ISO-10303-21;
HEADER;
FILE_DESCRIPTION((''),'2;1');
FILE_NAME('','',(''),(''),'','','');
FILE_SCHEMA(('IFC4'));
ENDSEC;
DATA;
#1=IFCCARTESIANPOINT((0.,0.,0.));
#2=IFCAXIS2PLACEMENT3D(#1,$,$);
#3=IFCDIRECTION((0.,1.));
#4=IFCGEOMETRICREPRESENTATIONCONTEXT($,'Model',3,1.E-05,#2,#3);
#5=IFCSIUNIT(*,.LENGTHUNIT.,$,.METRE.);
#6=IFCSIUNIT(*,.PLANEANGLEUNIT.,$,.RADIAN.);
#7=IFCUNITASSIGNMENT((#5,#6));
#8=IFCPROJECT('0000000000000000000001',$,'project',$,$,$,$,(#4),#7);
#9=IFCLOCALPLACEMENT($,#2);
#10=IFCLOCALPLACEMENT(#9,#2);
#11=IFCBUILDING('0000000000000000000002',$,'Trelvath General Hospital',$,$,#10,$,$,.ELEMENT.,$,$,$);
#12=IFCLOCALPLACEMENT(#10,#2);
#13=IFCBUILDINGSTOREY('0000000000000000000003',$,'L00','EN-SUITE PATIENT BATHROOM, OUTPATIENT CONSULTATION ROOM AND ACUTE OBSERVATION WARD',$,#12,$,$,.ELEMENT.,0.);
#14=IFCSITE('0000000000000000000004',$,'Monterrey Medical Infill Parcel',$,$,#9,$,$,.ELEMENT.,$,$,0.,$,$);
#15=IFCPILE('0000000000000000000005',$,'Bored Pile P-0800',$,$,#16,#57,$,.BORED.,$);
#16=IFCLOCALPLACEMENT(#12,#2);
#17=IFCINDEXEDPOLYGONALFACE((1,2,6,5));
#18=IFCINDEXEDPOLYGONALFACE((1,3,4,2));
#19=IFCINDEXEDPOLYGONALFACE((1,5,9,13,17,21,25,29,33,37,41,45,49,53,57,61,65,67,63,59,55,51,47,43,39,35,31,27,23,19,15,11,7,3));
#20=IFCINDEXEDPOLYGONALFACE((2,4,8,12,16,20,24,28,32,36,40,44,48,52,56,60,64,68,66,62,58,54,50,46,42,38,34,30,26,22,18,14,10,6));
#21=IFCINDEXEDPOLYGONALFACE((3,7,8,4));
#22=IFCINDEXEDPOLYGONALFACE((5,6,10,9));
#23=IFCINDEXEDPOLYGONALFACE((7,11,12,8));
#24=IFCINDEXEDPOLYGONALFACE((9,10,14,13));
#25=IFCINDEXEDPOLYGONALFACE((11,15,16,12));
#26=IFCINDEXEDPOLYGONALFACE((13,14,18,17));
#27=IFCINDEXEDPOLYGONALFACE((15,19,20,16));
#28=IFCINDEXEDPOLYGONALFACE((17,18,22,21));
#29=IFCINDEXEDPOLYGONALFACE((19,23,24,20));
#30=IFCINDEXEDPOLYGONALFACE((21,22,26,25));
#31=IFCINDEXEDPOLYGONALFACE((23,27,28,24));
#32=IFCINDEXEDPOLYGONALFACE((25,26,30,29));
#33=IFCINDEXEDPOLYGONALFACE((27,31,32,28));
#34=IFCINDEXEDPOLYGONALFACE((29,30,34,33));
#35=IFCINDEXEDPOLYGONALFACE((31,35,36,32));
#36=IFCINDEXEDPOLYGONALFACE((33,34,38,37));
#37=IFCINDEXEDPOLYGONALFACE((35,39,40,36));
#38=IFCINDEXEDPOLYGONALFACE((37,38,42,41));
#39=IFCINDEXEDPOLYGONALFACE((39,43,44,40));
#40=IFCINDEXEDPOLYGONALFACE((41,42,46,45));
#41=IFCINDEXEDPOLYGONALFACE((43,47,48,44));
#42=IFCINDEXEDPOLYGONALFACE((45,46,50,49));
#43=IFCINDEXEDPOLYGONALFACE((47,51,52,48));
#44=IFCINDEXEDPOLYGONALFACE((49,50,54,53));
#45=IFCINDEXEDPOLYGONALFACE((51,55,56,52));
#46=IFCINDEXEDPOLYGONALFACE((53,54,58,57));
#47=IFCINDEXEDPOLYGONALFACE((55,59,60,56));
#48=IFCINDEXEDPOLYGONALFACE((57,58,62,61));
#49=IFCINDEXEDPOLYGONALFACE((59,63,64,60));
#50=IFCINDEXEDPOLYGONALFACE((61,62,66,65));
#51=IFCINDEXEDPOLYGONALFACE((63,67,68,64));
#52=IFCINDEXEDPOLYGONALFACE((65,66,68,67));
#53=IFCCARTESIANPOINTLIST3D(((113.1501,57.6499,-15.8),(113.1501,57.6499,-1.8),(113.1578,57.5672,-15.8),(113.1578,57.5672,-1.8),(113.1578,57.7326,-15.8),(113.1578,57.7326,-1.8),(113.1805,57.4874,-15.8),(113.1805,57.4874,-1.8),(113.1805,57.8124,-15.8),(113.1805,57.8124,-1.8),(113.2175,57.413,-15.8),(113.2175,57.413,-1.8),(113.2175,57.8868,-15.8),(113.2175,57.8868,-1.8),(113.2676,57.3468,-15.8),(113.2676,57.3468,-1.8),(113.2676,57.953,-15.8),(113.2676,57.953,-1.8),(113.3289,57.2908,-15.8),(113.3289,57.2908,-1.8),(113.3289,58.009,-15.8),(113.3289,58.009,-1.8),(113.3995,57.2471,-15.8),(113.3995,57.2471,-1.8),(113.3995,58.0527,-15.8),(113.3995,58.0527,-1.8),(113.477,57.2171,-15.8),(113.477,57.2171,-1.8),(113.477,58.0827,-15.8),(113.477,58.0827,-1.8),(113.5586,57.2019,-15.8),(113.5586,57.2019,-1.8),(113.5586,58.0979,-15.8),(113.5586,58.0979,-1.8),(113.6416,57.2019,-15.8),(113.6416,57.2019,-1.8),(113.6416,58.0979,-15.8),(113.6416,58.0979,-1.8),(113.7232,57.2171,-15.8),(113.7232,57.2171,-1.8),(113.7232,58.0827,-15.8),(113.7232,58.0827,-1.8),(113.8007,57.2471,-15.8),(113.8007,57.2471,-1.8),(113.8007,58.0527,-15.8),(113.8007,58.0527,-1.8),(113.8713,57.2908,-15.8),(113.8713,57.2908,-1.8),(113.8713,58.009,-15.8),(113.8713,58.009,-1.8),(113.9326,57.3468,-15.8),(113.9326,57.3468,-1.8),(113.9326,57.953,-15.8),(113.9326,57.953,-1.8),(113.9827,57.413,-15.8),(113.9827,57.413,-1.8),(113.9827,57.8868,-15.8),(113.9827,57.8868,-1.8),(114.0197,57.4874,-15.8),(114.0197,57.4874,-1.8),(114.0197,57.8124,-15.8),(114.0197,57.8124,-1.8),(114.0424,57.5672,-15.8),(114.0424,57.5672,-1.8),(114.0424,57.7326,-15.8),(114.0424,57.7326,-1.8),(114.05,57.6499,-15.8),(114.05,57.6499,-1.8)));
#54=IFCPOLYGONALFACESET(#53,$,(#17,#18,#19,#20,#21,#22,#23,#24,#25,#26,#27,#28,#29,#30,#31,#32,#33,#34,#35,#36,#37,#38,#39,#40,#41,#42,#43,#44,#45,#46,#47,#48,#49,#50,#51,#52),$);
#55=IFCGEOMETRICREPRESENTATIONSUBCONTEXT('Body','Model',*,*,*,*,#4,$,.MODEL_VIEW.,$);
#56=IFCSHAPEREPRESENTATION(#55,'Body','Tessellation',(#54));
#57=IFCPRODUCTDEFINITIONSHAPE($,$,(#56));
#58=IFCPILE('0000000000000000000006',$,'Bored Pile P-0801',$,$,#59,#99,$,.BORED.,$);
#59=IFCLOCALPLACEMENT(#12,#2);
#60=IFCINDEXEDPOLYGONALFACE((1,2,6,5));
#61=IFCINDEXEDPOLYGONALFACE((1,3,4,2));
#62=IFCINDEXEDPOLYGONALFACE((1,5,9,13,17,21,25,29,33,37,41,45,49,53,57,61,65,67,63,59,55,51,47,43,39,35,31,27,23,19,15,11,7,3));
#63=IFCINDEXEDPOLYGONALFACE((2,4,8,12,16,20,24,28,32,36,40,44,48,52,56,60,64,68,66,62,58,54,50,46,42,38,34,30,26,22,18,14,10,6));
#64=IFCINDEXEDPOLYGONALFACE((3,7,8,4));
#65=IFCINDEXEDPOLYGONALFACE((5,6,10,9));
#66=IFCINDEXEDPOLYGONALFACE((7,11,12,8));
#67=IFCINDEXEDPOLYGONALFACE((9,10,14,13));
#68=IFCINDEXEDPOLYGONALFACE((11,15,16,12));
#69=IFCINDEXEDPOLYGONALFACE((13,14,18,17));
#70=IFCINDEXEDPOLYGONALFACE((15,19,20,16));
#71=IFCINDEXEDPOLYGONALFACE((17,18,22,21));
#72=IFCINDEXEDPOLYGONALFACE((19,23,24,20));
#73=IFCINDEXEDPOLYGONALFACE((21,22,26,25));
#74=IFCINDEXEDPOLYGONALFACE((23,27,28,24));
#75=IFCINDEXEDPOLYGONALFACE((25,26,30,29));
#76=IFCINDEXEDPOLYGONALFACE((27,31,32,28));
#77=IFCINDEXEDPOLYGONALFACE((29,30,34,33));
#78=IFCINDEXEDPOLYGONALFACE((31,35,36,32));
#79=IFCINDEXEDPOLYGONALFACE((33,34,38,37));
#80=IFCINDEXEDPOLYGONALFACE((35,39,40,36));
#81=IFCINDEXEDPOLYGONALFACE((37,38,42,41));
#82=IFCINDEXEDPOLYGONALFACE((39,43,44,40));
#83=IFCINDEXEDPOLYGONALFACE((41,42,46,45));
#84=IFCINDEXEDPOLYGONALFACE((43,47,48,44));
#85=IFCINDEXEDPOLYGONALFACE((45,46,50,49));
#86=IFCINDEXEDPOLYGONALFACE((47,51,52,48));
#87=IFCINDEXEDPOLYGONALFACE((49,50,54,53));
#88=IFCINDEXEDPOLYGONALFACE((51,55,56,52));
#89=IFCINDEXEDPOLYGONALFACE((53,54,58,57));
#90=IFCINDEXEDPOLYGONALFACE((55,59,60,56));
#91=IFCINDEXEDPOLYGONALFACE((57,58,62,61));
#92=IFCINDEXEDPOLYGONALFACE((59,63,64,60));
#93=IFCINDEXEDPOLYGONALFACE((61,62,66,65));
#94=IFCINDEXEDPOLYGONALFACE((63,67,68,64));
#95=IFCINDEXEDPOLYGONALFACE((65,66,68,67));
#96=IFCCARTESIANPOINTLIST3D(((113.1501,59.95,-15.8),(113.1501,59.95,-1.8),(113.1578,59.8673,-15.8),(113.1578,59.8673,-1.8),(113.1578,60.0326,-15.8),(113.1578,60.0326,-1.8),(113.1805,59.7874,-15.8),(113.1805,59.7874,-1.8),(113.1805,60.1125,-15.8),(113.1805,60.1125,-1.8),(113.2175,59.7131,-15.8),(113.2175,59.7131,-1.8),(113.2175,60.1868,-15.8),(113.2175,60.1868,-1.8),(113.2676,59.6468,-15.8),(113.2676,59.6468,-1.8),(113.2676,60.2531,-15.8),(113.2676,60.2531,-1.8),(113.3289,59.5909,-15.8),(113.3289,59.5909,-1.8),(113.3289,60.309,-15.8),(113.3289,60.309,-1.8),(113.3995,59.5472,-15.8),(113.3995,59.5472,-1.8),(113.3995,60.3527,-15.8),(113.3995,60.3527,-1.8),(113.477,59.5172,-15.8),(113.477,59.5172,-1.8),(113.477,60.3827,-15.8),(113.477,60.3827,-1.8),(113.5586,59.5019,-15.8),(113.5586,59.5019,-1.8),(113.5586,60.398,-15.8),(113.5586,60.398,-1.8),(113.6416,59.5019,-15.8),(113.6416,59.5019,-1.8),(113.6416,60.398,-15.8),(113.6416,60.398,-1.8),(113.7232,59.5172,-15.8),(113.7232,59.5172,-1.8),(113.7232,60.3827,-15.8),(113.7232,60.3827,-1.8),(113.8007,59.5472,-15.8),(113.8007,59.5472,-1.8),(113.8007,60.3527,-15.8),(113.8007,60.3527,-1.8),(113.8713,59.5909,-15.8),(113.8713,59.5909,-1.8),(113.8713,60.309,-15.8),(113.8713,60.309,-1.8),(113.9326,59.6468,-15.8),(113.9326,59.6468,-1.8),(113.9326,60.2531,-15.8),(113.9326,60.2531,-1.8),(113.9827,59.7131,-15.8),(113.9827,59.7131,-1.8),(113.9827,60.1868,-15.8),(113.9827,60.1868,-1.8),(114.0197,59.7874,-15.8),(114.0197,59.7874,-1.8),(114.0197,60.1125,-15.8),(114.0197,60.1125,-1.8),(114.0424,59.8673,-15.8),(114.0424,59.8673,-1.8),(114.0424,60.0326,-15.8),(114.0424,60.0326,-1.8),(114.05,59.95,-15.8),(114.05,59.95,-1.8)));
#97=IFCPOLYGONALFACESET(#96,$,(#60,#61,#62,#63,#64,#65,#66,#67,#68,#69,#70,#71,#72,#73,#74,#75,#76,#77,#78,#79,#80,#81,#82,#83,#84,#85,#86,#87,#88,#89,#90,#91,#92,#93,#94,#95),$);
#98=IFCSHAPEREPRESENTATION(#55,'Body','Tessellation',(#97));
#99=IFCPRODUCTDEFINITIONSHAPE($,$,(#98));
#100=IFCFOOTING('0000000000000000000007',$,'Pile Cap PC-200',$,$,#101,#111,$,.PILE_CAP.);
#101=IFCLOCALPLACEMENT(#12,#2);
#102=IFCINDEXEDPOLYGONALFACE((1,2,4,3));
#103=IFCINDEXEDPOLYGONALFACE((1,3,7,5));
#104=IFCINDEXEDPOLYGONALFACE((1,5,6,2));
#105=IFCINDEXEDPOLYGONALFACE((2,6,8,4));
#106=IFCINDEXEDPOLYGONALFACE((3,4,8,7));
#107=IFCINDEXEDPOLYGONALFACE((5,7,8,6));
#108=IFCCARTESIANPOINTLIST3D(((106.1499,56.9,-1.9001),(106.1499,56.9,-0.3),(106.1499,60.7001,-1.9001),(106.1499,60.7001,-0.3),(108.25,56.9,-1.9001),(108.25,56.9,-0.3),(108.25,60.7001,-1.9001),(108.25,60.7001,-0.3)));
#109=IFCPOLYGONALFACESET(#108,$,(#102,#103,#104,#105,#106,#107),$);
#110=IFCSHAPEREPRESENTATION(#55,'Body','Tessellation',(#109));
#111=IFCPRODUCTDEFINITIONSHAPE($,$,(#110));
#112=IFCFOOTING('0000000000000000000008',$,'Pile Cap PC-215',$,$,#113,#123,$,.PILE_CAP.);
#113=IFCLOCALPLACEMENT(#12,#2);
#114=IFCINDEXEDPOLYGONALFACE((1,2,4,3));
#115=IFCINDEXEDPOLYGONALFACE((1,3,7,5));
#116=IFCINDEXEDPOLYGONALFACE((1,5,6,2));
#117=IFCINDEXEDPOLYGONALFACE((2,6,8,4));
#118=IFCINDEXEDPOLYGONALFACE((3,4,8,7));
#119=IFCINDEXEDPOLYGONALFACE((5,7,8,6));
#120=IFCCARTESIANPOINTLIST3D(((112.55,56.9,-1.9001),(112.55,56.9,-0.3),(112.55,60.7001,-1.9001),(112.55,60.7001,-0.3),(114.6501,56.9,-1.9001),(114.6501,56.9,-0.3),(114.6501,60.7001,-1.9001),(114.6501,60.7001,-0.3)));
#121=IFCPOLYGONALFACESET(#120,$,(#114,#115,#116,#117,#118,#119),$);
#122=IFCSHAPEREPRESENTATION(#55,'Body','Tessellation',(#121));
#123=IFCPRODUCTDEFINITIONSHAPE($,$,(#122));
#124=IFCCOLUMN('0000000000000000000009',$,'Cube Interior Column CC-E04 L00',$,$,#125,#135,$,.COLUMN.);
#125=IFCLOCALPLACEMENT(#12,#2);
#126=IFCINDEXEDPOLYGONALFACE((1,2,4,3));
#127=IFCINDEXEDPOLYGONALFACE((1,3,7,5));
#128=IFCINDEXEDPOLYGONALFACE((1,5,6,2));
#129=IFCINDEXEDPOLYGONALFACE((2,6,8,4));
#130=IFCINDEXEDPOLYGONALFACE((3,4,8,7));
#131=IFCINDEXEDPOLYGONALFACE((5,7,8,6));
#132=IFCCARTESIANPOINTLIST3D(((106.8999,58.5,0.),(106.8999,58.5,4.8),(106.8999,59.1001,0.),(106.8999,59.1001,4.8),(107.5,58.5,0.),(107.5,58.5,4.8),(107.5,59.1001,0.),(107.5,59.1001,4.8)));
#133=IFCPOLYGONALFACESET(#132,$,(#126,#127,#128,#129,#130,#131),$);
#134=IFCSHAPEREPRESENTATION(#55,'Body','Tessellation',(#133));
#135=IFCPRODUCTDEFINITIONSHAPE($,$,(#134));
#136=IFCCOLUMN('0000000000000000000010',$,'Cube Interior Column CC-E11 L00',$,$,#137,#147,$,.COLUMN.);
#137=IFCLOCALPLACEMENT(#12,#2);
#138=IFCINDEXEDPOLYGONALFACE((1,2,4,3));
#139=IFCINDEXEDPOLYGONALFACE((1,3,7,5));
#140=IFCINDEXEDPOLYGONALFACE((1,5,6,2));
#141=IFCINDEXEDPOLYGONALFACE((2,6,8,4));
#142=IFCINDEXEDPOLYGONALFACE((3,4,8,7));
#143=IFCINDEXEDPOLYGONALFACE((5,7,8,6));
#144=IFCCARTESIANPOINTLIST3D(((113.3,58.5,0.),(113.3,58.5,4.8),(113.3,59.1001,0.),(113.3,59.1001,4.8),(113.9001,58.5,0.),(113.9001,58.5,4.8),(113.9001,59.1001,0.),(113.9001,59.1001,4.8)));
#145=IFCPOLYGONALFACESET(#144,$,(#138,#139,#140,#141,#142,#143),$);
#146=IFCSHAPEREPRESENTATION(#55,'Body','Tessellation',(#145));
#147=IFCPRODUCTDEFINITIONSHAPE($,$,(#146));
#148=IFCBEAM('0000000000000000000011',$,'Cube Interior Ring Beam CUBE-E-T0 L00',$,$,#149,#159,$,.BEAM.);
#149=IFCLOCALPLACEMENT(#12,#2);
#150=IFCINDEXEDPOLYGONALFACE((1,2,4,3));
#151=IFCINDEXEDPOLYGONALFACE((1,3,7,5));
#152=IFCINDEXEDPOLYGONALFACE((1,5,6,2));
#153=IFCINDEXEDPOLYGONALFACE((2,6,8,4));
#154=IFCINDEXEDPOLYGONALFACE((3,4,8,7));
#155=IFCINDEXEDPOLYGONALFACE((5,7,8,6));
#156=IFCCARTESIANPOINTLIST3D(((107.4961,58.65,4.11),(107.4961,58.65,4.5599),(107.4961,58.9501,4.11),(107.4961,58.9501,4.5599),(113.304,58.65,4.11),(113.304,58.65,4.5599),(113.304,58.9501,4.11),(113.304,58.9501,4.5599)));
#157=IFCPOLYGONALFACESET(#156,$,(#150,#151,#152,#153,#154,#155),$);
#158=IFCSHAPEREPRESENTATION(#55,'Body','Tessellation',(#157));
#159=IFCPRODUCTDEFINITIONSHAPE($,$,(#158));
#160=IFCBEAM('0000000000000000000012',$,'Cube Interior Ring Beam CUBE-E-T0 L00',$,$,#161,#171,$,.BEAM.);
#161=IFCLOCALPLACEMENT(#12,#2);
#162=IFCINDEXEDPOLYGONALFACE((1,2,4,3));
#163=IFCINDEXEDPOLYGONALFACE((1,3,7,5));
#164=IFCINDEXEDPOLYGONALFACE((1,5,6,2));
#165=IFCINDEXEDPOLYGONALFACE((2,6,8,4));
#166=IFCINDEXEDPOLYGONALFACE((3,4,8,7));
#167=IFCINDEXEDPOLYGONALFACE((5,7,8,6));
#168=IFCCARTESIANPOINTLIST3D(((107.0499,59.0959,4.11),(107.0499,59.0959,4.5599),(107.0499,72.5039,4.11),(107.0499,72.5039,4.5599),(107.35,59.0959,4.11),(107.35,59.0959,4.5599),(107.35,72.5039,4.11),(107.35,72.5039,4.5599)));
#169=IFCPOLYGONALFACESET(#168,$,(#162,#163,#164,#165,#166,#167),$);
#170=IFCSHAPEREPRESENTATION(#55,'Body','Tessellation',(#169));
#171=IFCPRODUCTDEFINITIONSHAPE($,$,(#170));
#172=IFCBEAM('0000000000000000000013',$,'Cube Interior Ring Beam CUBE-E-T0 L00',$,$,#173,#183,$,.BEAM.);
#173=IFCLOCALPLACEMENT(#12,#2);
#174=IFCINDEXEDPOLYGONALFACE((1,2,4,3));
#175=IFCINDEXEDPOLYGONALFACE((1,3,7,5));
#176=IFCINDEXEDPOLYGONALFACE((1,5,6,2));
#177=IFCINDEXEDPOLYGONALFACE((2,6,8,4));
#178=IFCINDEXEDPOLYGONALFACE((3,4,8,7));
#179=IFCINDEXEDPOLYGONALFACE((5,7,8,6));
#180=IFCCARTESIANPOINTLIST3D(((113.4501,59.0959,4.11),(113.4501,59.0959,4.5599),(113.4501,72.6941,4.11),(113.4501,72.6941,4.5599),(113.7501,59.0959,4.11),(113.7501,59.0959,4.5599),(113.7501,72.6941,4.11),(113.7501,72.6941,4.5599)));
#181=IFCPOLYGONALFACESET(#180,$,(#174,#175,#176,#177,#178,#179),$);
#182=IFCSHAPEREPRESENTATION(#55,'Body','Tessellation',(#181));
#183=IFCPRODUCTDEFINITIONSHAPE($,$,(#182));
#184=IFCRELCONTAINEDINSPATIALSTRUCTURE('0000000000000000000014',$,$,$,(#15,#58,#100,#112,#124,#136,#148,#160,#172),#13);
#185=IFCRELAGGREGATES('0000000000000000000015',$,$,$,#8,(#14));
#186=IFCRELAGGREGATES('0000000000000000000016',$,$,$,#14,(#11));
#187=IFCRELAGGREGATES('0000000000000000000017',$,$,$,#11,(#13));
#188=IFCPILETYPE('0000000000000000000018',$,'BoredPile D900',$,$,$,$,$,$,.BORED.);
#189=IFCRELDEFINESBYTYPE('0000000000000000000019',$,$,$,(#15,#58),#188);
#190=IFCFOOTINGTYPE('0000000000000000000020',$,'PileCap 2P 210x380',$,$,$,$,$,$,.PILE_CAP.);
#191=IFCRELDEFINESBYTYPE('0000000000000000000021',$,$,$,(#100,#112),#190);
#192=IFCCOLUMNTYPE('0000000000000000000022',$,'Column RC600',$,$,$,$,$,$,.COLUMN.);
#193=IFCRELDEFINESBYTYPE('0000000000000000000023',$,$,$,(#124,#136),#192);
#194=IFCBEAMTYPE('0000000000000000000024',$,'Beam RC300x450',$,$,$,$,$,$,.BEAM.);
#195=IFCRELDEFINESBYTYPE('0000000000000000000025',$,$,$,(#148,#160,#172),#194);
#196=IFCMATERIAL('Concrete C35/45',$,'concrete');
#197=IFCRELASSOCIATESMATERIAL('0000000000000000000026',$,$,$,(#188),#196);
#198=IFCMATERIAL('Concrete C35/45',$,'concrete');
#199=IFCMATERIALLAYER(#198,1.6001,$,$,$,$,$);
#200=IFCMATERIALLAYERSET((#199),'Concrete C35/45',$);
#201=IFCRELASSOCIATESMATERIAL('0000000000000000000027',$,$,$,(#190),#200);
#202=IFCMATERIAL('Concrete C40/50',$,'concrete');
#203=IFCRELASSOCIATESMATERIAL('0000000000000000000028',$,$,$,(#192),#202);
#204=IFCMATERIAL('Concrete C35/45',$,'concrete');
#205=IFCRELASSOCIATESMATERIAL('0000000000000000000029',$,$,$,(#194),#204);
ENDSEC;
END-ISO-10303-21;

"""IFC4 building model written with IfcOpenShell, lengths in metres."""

from ifc_helpers import new_model, si_unit, direction, frame, origin, origin_2d, place, context, subcontext, project, spatial, rectangle, circle, extrude, material, layer, layer_set, material_profile, profile_set, type_object, element, save


model = new_model("IFC4")

# Units and contexts
model_context = context("Model", 3, precision=1e-05, world=origin(), true_north=direction((0.0, 1.0)))
body_context = subcontext(model_context, "Body", "Model", "MODEL_VIEW")
ifc_project = project(units=[si_unit("LENGTHUNIT", "METRE"), si_unit("PLANEANGLEUNIT", "RADIAN")], contexts=[model_context])

# Site, building, storey
site_placement = place(None, origin())
site = spatial("IfcSite", under=ifc_project, at=site_placement, Name="Monterrey Medical Infill Parcel", CompositionType="ELEMENT", RefElevation=0.0)
building_placement = place(site_placement, origin())
building = spatial("IfcBuilding", under=site, at=building_placement, Name="Trelvath General Hospital", CompositionType="ELEMENT")
storey_placement = place(building_placement, origin())
storey = spatial("IfcBuildingStorey", under=building, at=storey_placement, Name="L00", Description="EN-SUITE PATIENT BATHROOM, OUTPATIENT CONSULTATION ROOM AND ACUTE OBSERVATION WARD", CompositionType="ELEMENT", Elevation=0.0)

# Piles
ifc_material_1 = material(Name="Concrete C35/45", Category="concrete")
ifc_material_profile_1 = material_profile(ifc_material_1, circle(Radius=0.45, at=origin_2d()), Name="PILE900")
ifc_profile_set_1 = profile_set([ifc_material_profile_1], Name="Concrete C35/45")
pile_type_1 = type_object("IfcPileType", Name="BoredPile D900", PredefinedType="BORED", material=ifc_profile_set_1)
for number, where, z_axis, x_axis, name in (
    (1, (113.6001, 57.6499, -1.8), (0.0, 0.0, -1.0), (1.0, 0.0, 0.0), "Bored Pile P-0800"),
    (2, (113.6001, 59.95, -1.8), (0.0, 0.0, -1.0), (1.0, 0.0, 0.0), "Bored Pile P-0801"),
):
    element("IfcPile", number, at=place(storey_placement, frame(where, z_axis=z_axis, x_axis=x_axis)), inside=storey, type_object=pile_type_1, Name=name, PredefinedType="BORED", context=body_context, shape_type="SweptSolid", body=[
        extrude(circle(Radius=0.45, at=origin_2d()), origin(), (0.0, 0.0, 1.0), 14.0),
    ])

# Footings
ifc_material_2 = material(Name="Concrete C35/45", Category="concrete")
ifc_layer = layer(ifc_material_2, 1.6001)
ifc_layer_set = layer_set([ifc_layer], Name="Concrete C35/45")
footing_type = type_object("IfcFootingType", Name="PileCap 2P 210x380", PredefinedType="PILE_CAP", material=ifc_layer_set)
for number, where, z_axis, x_axis, name in (
    (3, (107.2, 58.8, -1.9001), (0.0, 0.0, 1.0), (1.0, 0.0, 0.0), "Pile Cap PC-200"),
    (4, (113.6001, 58.8, -1.9001), (0.0, 0.0, 1.0), (1.0, 0.0, 0.0), "Pile Cap PC-215"),
):
    element("IfcFooting", number, at=place(storey_placement, frame(where, z_axis=z_axis, x_axis=x_axis)), inside=storey, type_object=footing_type, Name=name, PredefinedType="PILE_CAP", context=body_context, shape_type="SweptSolid", body=[
        extrude(rectangle(XDim=2.1001, YDim=3.8, at=origin_2d()), origin(), (0.0, 0.0, 1.0), 1.6001),
    ])

# Columns
ifc_material_3 = material(Name="Concrete C40/50", Category="concrete")
ifc_material_profile_2 = material_profile(ifc_material_3, rectangle(XDim=0.6001, YDim=0.6001, at=origin_2d()), Name="RC600x600")
ifc_profile_set_2 = profile_set([ifc_material_profile_2], Name="Concrete C40/50")
column_type = type_object("IfcColumnType", Name="Column RC600", PredefinedType="COLUMN", material=ifc_profile_set_2)
for number, where, z_axis, x_axis, name in (
    (5, (107.2, 58.8, 0.0), (0.0, 0.0, 1.0), (1.0, 0.0, 0.0), "Cube Interior Column CC-E04 L00"),
    (6, (113.6001, 58.8, 0.0), (0.0, 0.0, 1.0), (1.0, 0.0, 0.0), "Cube Interior Column CC-E11 L00"),
):
    element("IfcColumn", number, at=place(storey_placement, frame(where, z_axis=z_axis, x_axis=x_axis)), inside=storey, type_object=column_type, Name=name, PredefinedType="COLUMN", context=body_context, shape_type="SweptSolid", body=[
        extrude(rectangle(XDim=0.6001, YDim=0.6001, at=origin_2d()), origin(), (0.0, 0.0, 1.0), 4.8),
    ])

# Beams
ifc_material_4 = material(Name="Concrete C35/45", Category="concrete")
ifc_material_profile_3 = material_profile(ifc_material_4, rectangle(XDim=0.3, YDim=0.45, at=origin_2d()), Name="RCB300x450")
ifc_profile_set_3 = profile_set([ifc_material_profile_3], Name="Concrete C35/45")
beam_type_1 = type_object("IfcBeamType", Name="Beam RC300x450", PredefinedType="BEAM", material=ifc_profile_set_3)
beam_1_placement = place(storey_placement, frame((107.4961, 58.8, 4.335), z_axis=(1.0, 0.0, 0.0), x_axis=(0.0, 1.0, 0.0)))
element("IfcBeam", 7, at=beam_1_placement, inside=storey, type_object=beam_type_1, Name="Cube Interior Ring Beam CUBE-E-T0 L00", PredefinedType="BEAM", context=body_context, shape_type="SweptSolid", body=[
    extrude(rectangle(XDim=0.3, YDim=0.45, at=origin_2d()), origin(), (0.0, 0.0, 1.0), 5.8079),
])
beam_2_placement = place(storey_placement, frame((107.2, 59.0959, 4.335), z_axis=(0.0, 1.0, 0.0), x_axis=(-1.0, 0.0, 0.0)))
element("IfcBeam", 8, at=beam_2_placement, inside=storey, type_object=beam_type_1, Name="Cube Interior Ring Beam CUBE-E-T0 L00", PredefinedType="BEAM", context=body_context, shape_type="SweptSolid", body=[
    extrude(rectangle(XDim=0.3, YDim=0.45, at=origin_2d()), origin(), (0.0, 0.0, 1.0), 13.408),
])
beam_3_placement = place(storey_placement, frame((113.6001, 59.0959, 4.335), z_axis=(0.0, 1.0, 0.0), x_axis=(-1.0, 0.0, 0.0)))
element("IfcBeam", 9, at=beam_3_placement, inside=storey, type_object=beam_type_1, Name="Cube Interior Ring Beam CUBE-E-T0 L00", PredefinedType="BEAM", context=body_context, shape_type="SweptSolid", body=[
    extrude(rectangle(XDim=0.3, YDim=0.45, at=origin_2d()), origin(), (0.0, 0.0, 1.0), 13.5981),
])

save(model, "model.ifc")
